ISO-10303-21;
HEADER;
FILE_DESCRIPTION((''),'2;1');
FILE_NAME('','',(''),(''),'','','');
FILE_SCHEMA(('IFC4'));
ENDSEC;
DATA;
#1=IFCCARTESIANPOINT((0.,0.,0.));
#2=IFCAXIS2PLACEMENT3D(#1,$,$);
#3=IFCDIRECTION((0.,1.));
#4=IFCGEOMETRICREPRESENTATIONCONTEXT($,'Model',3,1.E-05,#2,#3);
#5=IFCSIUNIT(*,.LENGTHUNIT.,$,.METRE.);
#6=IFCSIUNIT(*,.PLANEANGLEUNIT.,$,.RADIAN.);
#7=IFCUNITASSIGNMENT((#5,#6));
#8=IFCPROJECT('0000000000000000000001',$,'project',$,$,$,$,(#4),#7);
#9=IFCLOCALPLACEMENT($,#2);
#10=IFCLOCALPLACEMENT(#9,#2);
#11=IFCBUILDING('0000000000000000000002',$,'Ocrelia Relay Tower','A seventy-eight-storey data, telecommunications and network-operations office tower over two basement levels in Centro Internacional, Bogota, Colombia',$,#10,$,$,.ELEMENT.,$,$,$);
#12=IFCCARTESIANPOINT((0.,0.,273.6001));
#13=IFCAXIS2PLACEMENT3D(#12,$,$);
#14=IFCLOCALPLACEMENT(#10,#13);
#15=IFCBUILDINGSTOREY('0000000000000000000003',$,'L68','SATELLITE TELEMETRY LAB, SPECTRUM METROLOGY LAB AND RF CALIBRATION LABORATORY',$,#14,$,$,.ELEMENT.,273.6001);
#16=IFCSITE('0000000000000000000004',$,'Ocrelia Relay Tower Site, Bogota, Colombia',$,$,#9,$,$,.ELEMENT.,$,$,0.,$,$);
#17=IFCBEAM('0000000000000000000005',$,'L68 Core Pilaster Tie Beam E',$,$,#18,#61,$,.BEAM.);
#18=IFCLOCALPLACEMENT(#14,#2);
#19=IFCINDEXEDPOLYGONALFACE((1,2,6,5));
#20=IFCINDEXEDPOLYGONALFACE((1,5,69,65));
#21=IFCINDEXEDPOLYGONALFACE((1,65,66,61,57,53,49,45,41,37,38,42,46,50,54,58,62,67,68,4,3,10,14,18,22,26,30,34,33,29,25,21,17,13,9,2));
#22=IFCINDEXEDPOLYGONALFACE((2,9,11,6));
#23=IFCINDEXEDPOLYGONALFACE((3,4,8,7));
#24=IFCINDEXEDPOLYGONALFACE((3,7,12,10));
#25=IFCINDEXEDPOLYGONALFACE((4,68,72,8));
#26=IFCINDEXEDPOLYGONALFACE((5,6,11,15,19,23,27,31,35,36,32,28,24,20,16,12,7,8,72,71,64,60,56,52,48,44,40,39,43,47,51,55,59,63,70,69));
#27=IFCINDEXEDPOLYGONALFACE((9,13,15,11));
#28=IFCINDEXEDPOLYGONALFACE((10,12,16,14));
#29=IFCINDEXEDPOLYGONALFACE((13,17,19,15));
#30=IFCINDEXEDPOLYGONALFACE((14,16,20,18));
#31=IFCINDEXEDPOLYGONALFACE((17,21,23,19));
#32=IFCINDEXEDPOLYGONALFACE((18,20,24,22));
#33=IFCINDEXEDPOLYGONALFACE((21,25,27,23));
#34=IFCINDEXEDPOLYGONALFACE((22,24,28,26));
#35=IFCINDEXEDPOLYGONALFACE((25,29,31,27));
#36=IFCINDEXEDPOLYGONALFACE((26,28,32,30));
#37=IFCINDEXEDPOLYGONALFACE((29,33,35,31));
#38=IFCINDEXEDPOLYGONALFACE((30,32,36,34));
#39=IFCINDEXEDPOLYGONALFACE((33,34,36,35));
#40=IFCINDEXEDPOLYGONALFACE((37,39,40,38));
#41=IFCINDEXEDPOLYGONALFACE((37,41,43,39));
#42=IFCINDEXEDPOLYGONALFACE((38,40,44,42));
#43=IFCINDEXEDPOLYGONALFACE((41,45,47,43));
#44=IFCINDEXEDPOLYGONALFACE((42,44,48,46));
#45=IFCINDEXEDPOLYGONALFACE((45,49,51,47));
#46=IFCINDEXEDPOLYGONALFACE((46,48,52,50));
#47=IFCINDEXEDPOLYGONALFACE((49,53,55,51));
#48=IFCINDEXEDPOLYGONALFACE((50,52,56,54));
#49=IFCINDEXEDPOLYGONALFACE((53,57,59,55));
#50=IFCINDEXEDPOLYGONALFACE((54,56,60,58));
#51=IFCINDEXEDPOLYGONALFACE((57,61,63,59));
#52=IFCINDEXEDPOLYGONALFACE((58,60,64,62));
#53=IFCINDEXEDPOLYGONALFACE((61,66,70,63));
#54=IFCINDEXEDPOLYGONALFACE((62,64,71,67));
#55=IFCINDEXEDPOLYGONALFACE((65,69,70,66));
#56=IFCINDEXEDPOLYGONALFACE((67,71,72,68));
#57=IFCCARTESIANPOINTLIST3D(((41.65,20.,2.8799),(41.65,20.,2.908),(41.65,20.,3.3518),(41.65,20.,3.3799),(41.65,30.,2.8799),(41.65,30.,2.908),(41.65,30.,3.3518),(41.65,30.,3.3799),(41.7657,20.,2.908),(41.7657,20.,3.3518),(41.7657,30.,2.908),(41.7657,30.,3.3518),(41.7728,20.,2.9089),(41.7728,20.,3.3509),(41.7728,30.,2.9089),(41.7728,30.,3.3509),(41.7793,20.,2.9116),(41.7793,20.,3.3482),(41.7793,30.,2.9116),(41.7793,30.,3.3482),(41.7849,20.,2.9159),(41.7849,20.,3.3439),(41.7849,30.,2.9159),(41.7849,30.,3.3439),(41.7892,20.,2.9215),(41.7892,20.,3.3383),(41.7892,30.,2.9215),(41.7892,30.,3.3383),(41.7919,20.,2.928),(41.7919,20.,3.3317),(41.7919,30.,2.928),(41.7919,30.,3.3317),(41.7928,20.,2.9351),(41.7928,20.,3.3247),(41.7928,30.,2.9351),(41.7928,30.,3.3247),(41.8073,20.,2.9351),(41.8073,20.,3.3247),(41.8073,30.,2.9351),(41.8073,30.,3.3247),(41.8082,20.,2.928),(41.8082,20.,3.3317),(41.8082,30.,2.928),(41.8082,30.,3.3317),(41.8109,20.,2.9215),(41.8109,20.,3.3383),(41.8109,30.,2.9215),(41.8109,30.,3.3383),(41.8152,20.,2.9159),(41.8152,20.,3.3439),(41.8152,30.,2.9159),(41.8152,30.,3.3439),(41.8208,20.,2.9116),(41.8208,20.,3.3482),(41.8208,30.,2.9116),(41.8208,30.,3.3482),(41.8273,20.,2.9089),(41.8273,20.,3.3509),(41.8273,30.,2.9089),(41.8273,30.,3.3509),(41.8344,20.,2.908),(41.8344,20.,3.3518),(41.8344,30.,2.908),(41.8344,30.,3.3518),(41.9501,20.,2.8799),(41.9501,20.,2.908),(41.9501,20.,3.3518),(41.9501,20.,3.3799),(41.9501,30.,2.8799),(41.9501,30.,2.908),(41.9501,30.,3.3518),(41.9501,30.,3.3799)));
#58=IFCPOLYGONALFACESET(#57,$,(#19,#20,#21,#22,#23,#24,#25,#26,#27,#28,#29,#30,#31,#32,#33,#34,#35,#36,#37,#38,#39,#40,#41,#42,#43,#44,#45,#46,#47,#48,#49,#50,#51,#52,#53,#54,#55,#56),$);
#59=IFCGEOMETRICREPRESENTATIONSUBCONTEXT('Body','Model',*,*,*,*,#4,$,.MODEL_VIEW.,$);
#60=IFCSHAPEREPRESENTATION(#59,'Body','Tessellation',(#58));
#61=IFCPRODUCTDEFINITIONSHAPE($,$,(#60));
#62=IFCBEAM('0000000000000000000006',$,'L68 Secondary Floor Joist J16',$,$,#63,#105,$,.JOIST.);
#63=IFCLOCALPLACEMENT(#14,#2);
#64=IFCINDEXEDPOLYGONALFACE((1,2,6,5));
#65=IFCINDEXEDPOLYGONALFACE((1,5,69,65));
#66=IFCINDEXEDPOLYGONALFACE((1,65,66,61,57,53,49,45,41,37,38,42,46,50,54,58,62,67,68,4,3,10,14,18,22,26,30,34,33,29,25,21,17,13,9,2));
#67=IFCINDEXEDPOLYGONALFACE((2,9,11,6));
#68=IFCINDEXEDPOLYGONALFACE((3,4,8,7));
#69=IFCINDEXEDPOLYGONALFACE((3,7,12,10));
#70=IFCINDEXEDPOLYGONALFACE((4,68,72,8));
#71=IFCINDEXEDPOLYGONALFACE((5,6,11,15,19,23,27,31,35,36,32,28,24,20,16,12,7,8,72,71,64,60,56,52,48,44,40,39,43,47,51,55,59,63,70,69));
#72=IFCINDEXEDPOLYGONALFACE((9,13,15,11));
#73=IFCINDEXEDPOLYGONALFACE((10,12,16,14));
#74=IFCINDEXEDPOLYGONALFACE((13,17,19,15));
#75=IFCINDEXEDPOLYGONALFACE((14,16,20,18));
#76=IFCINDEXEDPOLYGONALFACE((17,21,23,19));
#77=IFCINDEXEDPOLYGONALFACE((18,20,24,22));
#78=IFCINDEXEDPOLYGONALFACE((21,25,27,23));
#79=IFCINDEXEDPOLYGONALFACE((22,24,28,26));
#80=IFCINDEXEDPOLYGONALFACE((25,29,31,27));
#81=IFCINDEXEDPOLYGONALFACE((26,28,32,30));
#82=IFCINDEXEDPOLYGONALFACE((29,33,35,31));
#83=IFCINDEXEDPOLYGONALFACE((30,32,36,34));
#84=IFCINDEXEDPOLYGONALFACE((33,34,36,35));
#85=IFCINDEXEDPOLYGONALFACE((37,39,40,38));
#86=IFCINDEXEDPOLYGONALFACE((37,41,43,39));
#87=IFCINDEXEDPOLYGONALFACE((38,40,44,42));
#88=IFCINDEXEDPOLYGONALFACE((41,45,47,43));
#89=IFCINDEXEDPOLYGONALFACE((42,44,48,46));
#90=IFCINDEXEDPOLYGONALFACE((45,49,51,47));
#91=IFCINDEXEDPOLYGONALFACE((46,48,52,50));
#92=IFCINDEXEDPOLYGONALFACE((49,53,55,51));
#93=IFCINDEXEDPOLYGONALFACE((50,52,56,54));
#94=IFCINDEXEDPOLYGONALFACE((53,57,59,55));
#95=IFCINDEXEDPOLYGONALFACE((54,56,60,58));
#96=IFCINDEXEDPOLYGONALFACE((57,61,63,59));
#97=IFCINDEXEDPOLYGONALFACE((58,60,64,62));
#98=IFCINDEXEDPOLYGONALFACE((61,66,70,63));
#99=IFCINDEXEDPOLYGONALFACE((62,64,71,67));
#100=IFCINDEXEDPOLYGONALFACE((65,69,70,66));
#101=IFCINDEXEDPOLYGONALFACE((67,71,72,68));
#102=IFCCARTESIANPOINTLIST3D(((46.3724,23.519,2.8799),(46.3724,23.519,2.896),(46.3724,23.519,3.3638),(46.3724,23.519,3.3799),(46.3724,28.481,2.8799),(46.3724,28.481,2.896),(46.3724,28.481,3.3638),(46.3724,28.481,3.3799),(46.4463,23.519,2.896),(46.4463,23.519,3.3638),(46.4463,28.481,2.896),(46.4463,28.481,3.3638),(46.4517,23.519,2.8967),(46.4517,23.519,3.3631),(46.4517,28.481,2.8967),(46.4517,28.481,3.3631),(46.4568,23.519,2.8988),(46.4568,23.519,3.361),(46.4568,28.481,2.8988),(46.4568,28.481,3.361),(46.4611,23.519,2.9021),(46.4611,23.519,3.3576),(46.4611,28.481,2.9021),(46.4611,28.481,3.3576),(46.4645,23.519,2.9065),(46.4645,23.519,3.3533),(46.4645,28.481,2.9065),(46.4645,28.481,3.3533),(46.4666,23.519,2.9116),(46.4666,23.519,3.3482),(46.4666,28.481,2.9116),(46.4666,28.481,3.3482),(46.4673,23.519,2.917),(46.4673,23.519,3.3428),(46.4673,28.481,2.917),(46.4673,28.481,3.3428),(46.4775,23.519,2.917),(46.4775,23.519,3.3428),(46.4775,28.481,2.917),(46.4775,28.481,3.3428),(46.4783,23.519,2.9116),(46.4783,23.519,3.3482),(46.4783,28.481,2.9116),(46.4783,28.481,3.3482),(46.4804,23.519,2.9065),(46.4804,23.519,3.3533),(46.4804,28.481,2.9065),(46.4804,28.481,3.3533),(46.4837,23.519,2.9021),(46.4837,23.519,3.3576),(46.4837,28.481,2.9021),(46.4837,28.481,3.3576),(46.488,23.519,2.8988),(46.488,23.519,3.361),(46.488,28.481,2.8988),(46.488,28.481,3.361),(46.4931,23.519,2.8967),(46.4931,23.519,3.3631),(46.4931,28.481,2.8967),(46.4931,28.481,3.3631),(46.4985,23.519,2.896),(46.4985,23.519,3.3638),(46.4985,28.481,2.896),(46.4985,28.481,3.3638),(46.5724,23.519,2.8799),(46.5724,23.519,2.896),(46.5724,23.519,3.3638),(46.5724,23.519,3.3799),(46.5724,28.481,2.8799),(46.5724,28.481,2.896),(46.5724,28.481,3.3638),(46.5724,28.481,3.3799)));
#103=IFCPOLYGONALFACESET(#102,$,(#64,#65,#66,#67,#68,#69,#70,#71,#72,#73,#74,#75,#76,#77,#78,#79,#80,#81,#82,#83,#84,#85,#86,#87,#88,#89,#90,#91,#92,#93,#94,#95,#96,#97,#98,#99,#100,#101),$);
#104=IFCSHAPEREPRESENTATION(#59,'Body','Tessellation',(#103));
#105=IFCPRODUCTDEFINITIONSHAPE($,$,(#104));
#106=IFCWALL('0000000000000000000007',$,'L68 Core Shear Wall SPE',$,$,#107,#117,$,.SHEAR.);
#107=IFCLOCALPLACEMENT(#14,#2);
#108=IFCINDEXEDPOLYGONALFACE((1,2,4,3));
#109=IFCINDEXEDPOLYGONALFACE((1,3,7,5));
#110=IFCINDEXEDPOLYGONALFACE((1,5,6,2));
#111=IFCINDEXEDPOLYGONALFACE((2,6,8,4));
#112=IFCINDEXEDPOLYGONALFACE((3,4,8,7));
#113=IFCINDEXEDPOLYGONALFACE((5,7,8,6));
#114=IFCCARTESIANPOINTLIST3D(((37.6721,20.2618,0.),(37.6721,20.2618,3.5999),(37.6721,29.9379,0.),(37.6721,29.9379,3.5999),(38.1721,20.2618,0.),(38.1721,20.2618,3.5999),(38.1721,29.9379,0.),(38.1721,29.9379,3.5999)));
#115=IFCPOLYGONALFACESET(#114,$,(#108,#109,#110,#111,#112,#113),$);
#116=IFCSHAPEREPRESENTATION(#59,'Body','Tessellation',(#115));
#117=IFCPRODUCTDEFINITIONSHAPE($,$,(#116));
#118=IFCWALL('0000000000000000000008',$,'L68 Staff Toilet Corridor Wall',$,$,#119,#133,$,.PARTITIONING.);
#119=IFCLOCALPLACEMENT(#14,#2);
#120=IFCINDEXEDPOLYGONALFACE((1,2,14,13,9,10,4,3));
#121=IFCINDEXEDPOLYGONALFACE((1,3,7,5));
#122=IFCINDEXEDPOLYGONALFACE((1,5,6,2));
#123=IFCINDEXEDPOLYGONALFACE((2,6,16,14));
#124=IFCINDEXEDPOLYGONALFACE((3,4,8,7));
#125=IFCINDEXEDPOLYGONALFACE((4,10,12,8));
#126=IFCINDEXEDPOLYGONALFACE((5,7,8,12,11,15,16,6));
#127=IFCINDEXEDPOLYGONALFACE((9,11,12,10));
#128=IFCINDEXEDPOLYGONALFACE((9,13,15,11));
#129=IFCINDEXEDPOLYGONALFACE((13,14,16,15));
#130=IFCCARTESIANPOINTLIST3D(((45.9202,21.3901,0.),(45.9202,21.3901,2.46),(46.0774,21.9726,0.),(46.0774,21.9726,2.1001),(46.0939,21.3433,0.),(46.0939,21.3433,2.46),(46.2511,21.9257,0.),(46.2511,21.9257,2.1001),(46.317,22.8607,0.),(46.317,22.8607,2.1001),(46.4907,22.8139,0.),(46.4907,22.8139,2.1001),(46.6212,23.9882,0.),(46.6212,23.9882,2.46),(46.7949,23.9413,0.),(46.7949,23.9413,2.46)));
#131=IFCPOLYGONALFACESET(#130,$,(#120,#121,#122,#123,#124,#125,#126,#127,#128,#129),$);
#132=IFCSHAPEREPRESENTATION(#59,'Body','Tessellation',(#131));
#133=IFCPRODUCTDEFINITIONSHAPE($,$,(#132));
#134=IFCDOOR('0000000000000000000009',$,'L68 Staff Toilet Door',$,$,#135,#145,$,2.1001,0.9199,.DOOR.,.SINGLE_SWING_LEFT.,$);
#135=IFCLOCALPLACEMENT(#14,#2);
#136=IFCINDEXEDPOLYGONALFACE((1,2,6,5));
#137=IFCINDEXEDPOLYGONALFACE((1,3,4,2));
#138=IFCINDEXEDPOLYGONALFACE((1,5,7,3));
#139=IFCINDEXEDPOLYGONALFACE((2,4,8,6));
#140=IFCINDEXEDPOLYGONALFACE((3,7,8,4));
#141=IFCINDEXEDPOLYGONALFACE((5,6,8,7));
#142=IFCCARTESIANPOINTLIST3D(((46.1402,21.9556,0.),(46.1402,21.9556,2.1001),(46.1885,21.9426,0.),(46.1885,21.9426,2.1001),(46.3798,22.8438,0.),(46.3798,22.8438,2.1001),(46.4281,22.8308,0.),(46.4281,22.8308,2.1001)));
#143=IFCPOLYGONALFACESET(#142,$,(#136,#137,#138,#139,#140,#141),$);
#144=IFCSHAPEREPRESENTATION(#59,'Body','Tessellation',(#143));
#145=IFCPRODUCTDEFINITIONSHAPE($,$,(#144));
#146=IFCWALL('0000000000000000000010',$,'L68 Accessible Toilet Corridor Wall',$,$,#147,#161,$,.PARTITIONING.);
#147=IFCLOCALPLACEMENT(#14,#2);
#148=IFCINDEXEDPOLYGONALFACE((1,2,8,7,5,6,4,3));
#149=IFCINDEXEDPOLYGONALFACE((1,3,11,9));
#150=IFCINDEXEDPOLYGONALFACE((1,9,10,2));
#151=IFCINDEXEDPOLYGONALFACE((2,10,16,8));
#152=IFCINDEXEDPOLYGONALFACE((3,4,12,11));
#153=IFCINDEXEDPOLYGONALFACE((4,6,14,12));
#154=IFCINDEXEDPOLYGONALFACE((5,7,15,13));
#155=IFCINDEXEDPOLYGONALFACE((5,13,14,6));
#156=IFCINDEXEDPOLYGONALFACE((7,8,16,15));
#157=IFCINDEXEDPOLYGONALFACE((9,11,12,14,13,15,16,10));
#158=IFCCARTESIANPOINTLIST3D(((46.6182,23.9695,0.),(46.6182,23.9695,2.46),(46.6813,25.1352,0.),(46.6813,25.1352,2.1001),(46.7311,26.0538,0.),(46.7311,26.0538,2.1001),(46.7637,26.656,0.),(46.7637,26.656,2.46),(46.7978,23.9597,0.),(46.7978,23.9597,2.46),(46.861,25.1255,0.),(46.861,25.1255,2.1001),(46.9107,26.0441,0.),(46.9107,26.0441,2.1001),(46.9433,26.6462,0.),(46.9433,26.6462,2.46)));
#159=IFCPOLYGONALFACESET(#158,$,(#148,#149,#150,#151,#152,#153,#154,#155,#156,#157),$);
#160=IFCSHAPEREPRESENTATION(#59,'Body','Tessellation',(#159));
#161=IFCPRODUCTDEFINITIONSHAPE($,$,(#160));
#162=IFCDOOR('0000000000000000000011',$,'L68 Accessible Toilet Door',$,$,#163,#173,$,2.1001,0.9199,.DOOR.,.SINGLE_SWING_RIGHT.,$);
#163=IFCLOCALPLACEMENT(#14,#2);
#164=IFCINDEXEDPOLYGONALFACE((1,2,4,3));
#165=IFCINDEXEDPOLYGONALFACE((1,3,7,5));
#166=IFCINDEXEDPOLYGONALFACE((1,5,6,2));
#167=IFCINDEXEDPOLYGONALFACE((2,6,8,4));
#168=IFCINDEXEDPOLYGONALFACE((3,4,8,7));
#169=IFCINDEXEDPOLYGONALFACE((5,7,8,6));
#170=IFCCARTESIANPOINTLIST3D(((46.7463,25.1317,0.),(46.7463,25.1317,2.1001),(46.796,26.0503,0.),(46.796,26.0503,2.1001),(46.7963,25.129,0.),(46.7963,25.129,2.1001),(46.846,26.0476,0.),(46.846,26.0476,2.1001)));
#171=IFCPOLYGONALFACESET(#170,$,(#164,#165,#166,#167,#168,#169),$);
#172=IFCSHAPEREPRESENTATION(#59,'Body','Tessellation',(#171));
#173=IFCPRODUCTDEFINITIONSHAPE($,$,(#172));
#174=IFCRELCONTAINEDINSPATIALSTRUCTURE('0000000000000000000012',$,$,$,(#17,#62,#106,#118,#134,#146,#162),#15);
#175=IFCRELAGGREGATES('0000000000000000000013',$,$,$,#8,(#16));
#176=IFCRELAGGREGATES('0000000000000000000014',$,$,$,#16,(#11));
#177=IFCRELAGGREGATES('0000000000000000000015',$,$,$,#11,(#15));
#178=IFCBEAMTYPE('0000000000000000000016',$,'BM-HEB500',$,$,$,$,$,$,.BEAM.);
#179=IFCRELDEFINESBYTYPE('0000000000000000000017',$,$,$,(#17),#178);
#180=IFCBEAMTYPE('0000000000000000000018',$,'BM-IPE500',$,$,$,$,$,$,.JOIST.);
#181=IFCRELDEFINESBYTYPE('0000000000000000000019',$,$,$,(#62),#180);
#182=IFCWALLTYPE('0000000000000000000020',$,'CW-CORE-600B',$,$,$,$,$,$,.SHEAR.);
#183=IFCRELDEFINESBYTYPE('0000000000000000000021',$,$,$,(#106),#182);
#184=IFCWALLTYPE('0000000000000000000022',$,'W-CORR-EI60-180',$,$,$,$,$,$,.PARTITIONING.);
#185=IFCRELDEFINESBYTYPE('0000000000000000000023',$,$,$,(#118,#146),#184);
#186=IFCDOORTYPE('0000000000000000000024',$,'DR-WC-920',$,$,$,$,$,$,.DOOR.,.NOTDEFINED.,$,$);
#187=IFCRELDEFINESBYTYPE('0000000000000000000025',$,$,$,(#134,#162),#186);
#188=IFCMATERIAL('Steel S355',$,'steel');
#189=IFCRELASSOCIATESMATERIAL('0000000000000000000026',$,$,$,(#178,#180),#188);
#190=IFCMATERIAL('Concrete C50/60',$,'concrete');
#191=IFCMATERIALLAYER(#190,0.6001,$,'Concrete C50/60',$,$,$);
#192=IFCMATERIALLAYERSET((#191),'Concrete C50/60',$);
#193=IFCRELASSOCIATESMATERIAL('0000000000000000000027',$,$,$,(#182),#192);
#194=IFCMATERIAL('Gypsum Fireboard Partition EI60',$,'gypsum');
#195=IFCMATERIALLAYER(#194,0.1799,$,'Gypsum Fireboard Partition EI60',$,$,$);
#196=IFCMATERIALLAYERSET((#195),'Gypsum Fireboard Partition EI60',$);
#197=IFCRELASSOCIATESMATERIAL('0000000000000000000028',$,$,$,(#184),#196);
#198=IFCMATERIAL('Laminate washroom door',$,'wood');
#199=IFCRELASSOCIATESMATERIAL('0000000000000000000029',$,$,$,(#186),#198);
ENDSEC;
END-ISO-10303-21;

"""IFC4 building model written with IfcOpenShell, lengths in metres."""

from ifc_helpers import new_model, si_unit, direction, frame, frame_2d, origin, origin_2d, place, context, subcontext, project, spatial, rectangle, i_section, extrude, material, layer, layer_set, material_profile, profile_set, type_object, element, fill, save


model = new_model("IFC4")

# Units and contexts
model_context = context("Model", 3, precision=1e-05, world=origin(), true_north=direction((0.0, 1.0)))
body_context = subcontext(model_context, "Body", "Model", "MODEL_VIEW")
ifc_project = project(units=[si_unit("LENGTHUNIT", "METRE"), si_unit("PLANEANGLEUNIT", "RADIAN")], contexts=[model_context])

# Site, building, storey
site_placement = place(None, origin())
site = spatial("IfcSite", under=ifc_project, at=site_placement, Name="Ocrelia Relay Tower Site, Bogota, Colombia", CompositionType="ELEMENT", RefElevation=0.0)
building_placement = place(site_placement, origin())
building = spatial("IfcBuilding", under=site, at=building_placement, Name="Ocrelia Relay Tower", Description="A seventy-eight-storey data, telecommunications and network-operations office tower over two basement levels in Centro Internacional, Bogota, Colombia", CompositionType="ELEMENT")
storey_placement = place(building_placement, frame((0.0, 0.0, 273.6001)))
storey = spatial("IfcBuildingStorey", under=building, at=storey_placement, Name="L68", Description="SATELLITE TELEMETRY LAB, SPECTRUM METROLOGY LAB AND RF CALIBRATION LABORATORY", CompositionType="ELEMENT", Elevation=273.6001)

# Beams
ifc_material_1 = material(Name="Steel S355", Category="steel")
ifc_material_profile_1 = material_profile(ifc_material_1, i_section(OverallWidth=0.3, OverallDepth=0.5, WebThickness=0.0144, FlangeThickness=0.0281, FilletRadius=0.0271, at=origin_2d()), Name="HEB 500")
ifc_profile_set_1 = profile_set([ifc_material_profile_1], Name="Steel S355")
beam_type_1 = type_object("IfcBeamType", Name="BM-HEB500", PredefinedType="BEAM", material=ifc_profile_set_1)
beam_1_placement = place(storey_placement, frame((41.8, 20.0, 3.1299), z_axis=(0.0, 1.0, 0.0), x_axis=(-1.0, 0.0, 0.0)))
element("IfcBeam", 1, at=beam_1_placement, inside=storey, type_object=beam_type_1, Name="L68 Core Pilaster Tie Beam E", PredefinedType="BEAM", context=body_context, shape_type="SweptSolid", body=[
    extrude(i_section(OverallWidth=0.3, OverallDepth=0.5, WebThickness=0.0144, FlangeThickness=0.0281, FilletRadius=0.0271, at=origin_2d()), origin(), (0.0, 0.0, 1.0), 10.0),
])
ifc_material_profile_2 = material_profile(ifc_material_1, i_section(OverallWidth=0.2, OverallDepth=0.5, WebThickness=0.0103, FlangeThickness=0.0161, FilletRadius=0.021, at=origin_2d()), Name="IPE 500")
ifc_profile_set_2 = profile_set([ifc_material_profile_2], Name="Steel S355")
beam_type_2 = type_object("IfcBeamType", Name="BM-IPE500", PredefinedType="JOIST", material=ifc_profile_set_2)
beam_2_placement = place(storey_placement, frame((46.4724, 23.519, 3.1299), z_axis=(0.0, 1.0, 0.0), x_axis=(-1.0, 0.0, 0.0)))
element("IfcBeam", 2, at=beam_2_placement, inside=storey, type_object=beam_type_2, Name="L68 Secondary Floor Joist J16", PredefinedType="JOIST", context=body_context, shape_type="SweptSolid", body=[
    extrude(i_section(OverallWidth=0.2, OverallDepth=0.5, WebThickness=0.0103, FlangeThickness=0.0161, FilletRadius=0.021, at=origin_2d()), origin(), (0.0, 0.0, 1.0), 4.9619),
])

# Wall
ifc_material_2 = material(Name="Concrete C50/60", Category="concrete")
ifc_layer_1 = layer(ifc_material_2, 0.6001, Name="Concrete C50/60")
ifc_layer_set_1 = layer_set([ifc_layer_1], Name="Concrete C50/60")
wall_type_1 = type_object("IfcWallType", Name="CW-CORE-600B", PredefinedType="SHEAR", material=ifc_layer_set_1)
wall_1_placement = place(storey_placement, frame((37.9221, 20.262, 0.0), z_axis=(0.0, 0.0, 1.0), x_axis=(0.0, 1.0, 0.0)))
element("IfcWall", 3, at=wall_1_placement, inside=storey, type_object=wall_type_1, Name="L68 Core Shear Wall SPE", PredefinedType="SHEAR", context=body_context, shape_type="SweptSolid", body=[
    extrude(rectangle(XDim=9.676, YDim=0.5, at=frame_2d((4.8379, 0.0))), origin(), (0.0, 0.0, 1.0), 3.5999),
])

# Walls, openings, doors
ifc_material_3 = material(Name="Gypsum Fireboard Partition EI60", Category="gypsum")
ifc_layer_2 = layer(ifc_material_3, 0.1799, Name="Gypsum Fireboard Partition EI60")
ifc_layer_set_2 = layer_set([ifc_layer_2], Name="Gypsum Fireboard Partition EI60")
wall_type_2 = type_object("IfcWallType", Name="W-CORR-EI60-180", PredefinedType="PARTITIONING", material=ifc_layer_set_2)
wall_2_placement = place(storey_placement, frame((46.0071, 21.3667, 0.0), z_axis=(0.0, 0.0, 1.0), x_axis=(0.260491, 0.965476, 0.0)))
wall_2 = element("IfcWall", 4, at=wall_2_placement, inside=storey, type_object=wall_type_2, Name="L68 Staff Toilet Corridor Wall", PredefinedType="PARTITIONING", context=body_context, shape_type="SweptSolid", body=[
    extrude(rectangle(XDim=2.6909, YDim=0.1799, at=frame_2d((1.3455, 0.0))), origin(), (0.0, 0.0, 1.0), 2.46),
])
opening_1_placement = place(wall_2_placement, frame((0.6033, 0.0, 0.0)))
opening_1 = element("IfcOpeningElement", 5, at=opening_1_placement, cuts=wall_2, PredefinedType="OPENING", context=body_context, shape_type="SweptSolid", body=[
    extrude(rectangle(XDim=0.9199, YDim=2.1001, at=frame_2d((0.46, 1.05))), frame((0.0, 0.1001, 0.0), z_axis=(0.0, -1.0, 0.0), x_axis=(1.0, 0.0, 0.0)), (0.0, 0.0, 1.0), 0.2),
])
ifc_material_4 = material(Name="Laminate washroom door", Category="wood")
door_type_1 = type_object("IfcDoorType", Name="DR-WC-920", OperationType="NOTDEFINED", PredefinedType="DOOR", material=ifc_material_4)
door_1_placement = place(opening_1_placement, origin())
door_1 = element("IfcDoor", 6, at=door_1_placement, inside=storey, type_object=door_type_1, Name="L68 Staff Toilet Door", OperationType="SINGLE_SWING_LEFT", OverallHeight=2.1001, OverallWidth=0.9199, PredefinedType="DOOR", context=body_context, shape_type="SweptSolid", body=[
    extrude(rectangle(XDim=0.9199, YDim=2.1001, at=frame_2d((0.46, 1.05))), frame((0.0, 0.0249, 0.0), z_axis=(0.0, -1.0, 0.0), x_axis=(1.0, 0.0, 0.0)), (0.0, 0.0, 1.0), 0.05),
])
fill(opening_1, door_1)
wall_3_placement = place(storey_placement, frame((46.708, 23.9646, 0.0), z_axis=(0.0, 0.0, 1.0), x_axis=(0.054083, 0.998536, 0.0)))
wall_3 = element("IfcWall", 7, at=wall_3_placement, inside=storey, type_object=wall_type_2, Name="L68 Accessible Toilet Corridor Wall", PredefinedType="PARTITIONING", context=body_context, shape_type="SweptSolid", body=[
    extrude(rectangle(XDim=2.6904, YDim=0.1799, at=frame_2d((1.3452, 0.0))), origin(), (0.0, 0.0, 1.0), 2.46),
])
opening_2_placement = place(wall_3_placement, frame((1.1675, 0.0, 0.0)))
opening_2 = element("IfcOpeningElement", 8, at=opening_2_placement, cuts=wall_3, PredefinedType="OPENING", context=body_context, shape_type="SweptSolid", body=[
    extrude(rectangle(XDim=0.9199, YDim=2.1001, at=frame_2d((0.46, 1.05))), frame((0.0, 0.1001, 0.0), z_axis=(0.0, -1.0, 0.0), x_axis=(1.0, 0.0, 0.0)), (0.0, 0.0, 1.0), 0.2),
])
door_2_placement = place(opening_2_placement, origin())
door_2 = element("IfcDoor", 9, at=door_2_placement, inside=storey, type_object=door_type_1, Name="L68 Accessible Toilet Door", OperationType="SINGLE_SWING_RIGHT", OverallHeight=2.1001, OverallWidth=0.9199, PredefinedType="DOOR", context=body_context, shape_type="SweptSolid", body=[
    extrude(rectangle(XDim=0.9199, YDim=2.1001, at=frame_2d((0.46, 1.05))), frame((0.0, 0.0249, 0.0), z_axis=(0.0, -1.0, 0.0), x_axis=(1.0, 0.0, 0.0)), (0.0, 0.0, 1.0), 0.05),
])
fill(opening_2, door_2)

save(model, "model.ifc")
